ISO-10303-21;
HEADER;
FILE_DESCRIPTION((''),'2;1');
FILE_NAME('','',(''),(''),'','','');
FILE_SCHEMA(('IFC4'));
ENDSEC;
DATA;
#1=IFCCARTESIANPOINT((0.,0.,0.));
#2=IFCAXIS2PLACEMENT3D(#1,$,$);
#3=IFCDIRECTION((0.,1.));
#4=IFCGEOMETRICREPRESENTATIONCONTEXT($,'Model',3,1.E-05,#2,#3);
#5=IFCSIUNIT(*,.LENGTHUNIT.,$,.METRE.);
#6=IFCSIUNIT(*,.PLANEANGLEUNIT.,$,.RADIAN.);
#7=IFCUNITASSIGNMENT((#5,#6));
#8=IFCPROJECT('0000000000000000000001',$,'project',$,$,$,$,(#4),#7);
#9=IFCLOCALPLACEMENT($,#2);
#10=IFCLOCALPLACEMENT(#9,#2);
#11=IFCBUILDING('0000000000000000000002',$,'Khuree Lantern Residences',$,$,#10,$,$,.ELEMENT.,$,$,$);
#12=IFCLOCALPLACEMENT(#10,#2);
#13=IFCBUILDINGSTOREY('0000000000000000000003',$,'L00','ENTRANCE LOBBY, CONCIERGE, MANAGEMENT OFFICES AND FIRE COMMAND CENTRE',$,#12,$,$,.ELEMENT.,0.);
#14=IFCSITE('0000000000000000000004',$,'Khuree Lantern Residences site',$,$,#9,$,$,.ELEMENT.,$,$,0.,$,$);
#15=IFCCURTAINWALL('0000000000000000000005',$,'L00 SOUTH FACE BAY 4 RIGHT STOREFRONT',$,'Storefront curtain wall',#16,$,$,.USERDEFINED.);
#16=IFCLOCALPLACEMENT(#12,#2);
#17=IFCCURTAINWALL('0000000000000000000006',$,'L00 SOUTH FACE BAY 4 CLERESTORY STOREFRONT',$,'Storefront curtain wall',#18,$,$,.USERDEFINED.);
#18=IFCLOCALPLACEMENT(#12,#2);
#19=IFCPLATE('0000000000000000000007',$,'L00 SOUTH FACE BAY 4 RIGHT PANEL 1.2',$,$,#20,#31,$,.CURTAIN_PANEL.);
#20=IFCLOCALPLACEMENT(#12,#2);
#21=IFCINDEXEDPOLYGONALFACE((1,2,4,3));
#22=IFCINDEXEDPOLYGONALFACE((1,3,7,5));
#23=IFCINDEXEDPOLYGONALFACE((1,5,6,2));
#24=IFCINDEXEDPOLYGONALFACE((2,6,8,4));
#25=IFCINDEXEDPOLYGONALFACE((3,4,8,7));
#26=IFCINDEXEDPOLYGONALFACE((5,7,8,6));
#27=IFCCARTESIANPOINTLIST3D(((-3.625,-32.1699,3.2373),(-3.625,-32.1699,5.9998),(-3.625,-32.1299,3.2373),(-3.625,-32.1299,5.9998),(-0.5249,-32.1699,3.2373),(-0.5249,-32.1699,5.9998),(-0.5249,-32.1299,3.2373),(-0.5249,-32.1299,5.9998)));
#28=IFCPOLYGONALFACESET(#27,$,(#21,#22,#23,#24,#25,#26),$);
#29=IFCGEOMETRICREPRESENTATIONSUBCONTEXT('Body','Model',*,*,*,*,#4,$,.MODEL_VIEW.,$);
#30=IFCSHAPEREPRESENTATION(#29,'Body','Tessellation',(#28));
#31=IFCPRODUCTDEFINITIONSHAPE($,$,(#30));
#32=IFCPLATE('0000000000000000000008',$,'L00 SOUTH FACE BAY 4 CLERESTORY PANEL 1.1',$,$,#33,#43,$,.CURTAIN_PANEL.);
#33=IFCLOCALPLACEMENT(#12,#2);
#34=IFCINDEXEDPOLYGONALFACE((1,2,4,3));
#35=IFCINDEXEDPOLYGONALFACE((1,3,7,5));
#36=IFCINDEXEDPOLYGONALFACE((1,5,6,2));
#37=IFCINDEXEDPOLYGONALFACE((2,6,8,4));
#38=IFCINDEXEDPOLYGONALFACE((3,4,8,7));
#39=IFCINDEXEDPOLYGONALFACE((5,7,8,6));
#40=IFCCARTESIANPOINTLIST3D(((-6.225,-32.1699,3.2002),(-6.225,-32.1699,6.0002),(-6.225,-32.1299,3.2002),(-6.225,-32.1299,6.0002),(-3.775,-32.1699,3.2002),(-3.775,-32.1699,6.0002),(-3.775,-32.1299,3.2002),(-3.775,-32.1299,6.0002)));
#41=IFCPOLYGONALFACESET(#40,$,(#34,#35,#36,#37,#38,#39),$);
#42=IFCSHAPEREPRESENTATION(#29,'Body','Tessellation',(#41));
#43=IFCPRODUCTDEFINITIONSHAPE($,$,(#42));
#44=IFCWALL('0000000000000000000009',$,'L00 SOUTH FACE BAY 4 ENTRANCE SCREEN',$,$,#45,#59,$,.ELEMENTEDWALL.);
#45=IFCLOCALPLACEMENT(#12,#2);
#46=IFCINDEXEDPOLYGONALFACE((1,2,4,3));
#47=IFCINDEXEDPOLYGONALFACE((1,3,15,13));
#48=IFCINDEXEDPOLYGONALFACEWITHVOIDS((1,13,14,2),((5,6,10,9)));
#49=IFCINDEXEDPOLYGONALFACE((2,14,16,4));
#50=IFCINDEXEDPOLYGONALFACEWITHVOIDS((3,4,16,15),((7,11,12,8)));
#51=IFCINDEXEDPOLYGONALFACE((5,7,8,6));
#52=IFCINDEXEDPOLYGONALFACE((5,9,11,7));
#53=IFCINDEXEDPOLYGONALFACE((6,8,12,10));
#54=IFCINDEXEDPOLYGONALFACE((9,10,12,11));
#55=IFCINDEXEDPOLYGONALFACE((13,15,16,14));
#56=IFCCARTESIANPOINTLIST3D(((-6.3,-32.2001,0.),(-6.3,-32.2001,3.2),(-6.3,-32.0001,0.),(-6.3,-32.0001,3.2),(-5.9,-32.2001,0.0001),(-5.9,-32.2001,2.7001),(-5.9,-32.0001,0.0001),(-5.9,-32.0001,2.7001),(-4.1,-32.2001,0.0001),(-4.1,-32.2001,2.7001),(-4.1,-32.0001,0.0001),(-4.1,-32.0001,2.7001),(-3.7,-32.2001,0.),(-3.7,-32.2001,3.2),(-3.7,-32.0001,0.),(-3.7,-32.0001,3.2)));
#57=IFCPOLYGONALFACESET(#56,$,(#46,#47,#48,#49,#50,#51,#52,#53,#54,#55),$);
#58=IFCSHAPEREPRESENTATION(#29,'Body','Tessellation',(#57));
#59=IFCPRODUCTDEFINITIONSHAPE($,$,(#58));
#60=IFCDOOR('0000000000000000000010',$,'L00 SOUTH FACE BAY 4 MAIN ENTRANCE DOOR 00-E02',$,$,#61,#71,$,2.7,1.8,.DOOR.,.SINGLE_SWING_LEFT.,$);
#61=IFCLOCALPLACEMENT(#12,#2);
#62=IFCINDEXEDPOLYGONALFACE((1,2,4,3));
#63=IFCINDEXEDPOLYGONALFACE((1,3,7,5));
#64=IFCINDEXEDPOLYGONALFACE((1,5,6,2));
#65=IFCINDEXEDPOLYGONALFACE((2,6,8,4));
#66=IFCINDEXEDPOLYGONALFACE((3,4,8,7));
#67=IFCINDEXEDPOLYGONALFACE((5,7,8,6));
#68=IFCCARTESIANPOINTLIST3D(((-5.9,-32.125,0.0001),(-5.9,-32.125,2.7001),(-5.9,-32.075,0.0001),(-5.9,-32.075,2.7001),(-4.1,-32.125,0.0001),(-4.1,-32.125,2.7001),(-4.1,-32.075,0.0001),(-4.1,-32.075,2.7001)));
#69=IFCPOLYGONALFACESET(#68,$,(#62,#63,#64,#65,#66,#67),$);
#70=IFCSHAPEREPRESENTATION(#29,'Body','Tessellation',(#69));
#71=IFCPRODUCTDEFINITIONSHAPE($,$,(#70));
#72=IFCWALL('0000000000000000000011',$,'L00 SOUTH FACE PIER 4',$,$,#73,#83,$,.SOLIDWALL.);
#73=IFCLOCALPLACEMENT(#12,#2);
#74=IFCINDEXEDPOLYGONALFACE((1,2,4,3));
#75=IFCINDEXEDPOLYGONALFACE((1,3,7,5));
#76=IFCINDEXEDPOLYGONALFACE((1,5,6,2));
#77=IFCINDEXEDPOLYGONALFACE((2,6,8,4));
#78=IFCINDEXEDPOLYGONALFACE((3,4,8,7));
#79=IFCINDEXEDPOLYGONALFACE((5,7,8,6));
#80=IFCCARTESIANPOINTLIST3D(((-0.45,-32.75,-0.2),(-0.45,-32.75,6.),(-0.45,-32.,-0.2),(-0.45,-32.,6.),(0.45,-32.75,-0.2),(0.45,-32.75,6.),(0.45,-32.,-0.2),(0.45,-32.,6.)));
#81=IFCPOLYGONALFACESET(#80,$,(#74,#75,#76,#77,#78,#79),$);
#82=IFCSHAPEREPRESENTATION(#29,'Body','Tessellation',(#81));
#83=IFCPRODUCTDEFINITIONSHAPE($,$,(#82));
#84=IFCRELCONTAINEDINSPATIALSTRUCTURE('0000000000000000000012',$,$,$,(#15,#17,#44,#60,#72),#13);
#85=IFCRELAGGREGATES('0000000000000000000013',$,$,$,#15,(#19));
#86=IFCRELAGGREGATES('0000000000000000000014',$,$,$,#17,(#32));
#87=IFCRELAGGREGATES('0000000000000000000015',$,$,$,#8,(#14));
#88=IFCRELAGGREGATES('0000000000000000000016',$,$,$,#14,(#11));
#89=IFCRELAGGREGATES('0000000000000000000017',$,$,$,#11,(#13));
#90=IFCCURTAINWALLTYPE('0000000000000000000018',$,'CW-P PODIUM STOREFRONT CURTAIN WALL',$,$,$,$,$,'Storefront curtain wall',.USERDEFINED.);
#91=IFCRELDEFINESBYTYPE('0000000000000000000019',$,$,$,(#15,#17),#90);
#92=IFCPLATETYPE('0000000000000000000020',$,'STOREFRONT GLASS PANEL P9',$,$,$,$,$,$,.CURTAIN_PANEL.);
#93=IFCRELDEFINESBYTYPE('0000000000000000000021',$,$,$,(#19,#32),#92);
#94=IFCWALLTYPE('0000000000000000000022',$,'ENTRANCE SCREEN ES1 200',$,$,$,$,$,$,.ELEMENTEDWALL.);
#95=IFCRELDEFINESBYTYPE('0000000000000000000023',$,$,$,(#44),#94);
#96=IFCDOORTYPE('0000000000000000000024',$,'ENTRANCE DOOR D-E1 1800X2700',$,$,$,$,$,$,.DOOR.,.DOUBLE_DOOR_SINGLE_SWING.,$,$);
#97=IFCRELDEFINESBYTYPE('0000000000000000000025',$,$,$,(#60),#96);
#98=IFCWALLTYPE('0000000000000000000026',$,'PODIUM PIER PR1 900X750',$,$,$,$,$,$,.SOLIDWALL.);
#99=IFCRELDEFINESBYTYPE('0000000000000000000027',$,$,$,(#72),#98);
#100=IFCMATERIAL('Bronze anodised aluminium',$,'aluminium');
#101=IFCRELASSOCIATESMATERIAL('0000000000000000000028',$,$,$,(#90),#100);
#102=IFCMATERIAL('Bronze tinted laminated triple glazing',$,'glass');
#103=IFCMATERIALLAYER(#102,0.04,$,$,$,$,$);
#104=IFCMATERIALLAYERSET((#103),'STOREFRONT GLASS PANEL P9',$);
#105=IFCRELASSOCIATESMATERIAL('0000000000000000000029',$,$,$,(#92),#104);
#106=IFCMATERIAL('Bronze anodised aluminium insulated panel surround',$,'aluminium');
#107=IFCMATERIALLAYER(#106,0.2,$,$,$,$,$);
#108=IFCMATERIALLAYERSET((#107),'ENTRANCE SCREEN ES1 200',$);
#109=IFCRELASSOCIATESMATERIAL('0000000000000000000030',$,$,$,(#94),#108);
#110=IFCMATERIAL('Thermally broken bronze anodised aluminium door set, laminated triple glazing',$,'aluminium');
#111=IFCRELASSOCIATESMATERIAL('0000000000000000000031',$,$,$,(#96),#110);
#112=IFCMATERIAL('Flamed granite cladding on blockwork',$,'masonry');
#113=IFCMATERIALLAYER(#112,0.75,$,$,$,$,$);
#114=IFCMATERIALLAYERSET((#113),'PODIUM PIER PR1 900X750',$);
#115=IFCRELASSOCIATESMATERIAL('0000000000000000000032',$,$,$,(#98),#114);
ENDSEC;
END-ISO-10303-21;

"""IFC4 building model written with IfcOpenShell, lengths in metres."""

from ifc_helpers import new_model, si_unit, direction, frame, frame_2d, origin, origin_2d, place, context, subcontext, project, spatial, rectangle, extrude, material, layer, layer_set, type_object, element, fill, aggregate, save


model = new_model("IFC4")

# Units and contexts
model_context = context("Model", 3, precision=1e-05, world=origin(), true_north=direction((0.0, 1.0)))
body_context = subcontext(model_context, "Body", "Model", "MODEL_VIEW")
ifc_project = project(units=[si_unit("LENGTHUNIT", "METRE"), si_unit("PLANEANGLEUNIT", "RADIAN")], contexts=[model_context])

# Site, building, storey
site_placement = place(None, origin())
site = spatial("IfcSite", under=ifc_project, at=site_placement, Name="Khuree Lantern Residences site", CompositionType="ELEMENT", RefElevation=0.0)
building_placement = place(site_placement, origin())
building = spatial("IfcBuilding", under=site, at=building_placement, Name="Khuree Lantern Residences", CompositionType="ELEMENT")
storey_placement = place(building_placement, origin())
storey = spatial("IfcBuildingStorey", under=building, at=storey_placement, Name="L00", Description="ENTRANCE LOBBY, CONCIERGE, MANAGEMENT OFFICES AND FIRE COMMAND CENTRE", CompositionType="ELEMENT", Elevation=0.0)

# Curtain walls
ifc_material_1 = material(Name="Bronze anodised aluminium", Category="aluminium")
curtain_wall_type = type_object("IfcCurtainWallType", Name="CW-P PODIUM STOREFRONT CURTAIN WALL", ElementType="Storefront curtain wall", PredefinedType="USERDEFINED", material=ifc_material_1)
curtain_wall_1_placement = place(storey_placement, origin())
curtain_wall_1 = element("IfcCurtainWall", 1, at=curtain_wall_1_placement, inside=storey, type_object=curtain_wall_type, Name="L00 SOUTH FACE BAY 4 RIGHT STOREFRONT", ObjectType="Storefront curtain wall", PredefinedType="USERDEFINED")
curtain_wall_2_placement = place(storey_placement, origin())
curtain_wall_2 = element("IfcCurtainWall", 2, at=curtain_wall_2_placement, inside=storey, type_object=curtain_wall_type, Name="L00 SOUTH FACE BAY 4 CLERESTORY STOREFRONT", ObjectType="Storefront curtain wall", PredefinedType="USERDEFINED")

# Plates
ifc_material_2 = material(Name="Bronze tinted laminated triple glazing", Category="glass")
ifc_layer_1 = layer(ifc_material_2, 0.04)
ifc_layer_set_1 = layer_set([ifc_layer_1], Name="STOREFRONT GLASS PANEL P9")
plate_type = type_object("IfcPlateType", Name="STOREFRONT GLASS PANEL P9", PredefinedType="CURTAIN_PANEL", material=ifc_layer_set_1)
plate_1_placement = place(storey_placement, frame((-2.075, -32.1499, 3.2373), z_axis=(0.0, 0.0, 1.0), x_axis=(1.0, 0.0, 0.0)))
plate_1 = element("IfcPlate", 3, at=plate_1_placement, type_object=plate_type, Name="L00 SOUTH FACE BAY 4 RIGHT PANEL 1.2", PredefinedType="CURTAIN_PANEL", context=body_context, shape_type="SweptSolid", body=[
    extrude(rectangle(XDim=3.1001, YDim=0.04, at=origin_2d()), origin(), (0.0, 0.0, 1.0), 2.7625),
])
aggregate(curtain_wall_1, [plate_1])
plate_2_placement = place(storey_placement, frame((-5.0, -32.1499, 3.2002), z_axis=(0.0, 0.0, 1.0), x_axis=(1.0, 0.0, 0.0)))
plate_2 = element("IfcPlate", 4, at=plate_2_placement, type_object=plate_type, Name="L00 SOUTH FACE BAY 4 CLERESTORY PANEL 1.1", PredefinedType="CURTAIN_PANEL", context=body_context, shape_type="SweptSolid", body=[
    extrude(rectangle(XDim=2.45, YDim=0.04, at=origin_2d()), origin(), (0.0, 0.0, 1.0), 2.8),
])
aggregate(curtain_wall_2, [plate_2])

# Wall, opening, door
ifc_material_3 = material(Name="Bronze anodised aluminium insulated panel surround", Category="aluminium")
ifc_layer_2 = layer(ifc_material_3, 0.2)
ifc_layer_set_2 = layer_set([ifc_layer_2], Name="ENTRANCE SCREEN ES1 200")
wall_type_1 = type_object("IfcWallType", Name="ENTRANCE SCREEN ES1 200", PredefinedType="ELEMENTEDWALL", material=ifc_layer_set_2)
wall_1_placement = place(storey_placement, frame((-6.3, -32.1001, 0.0), z_axis=(0.0, 0.0, 1.0), x_axis=(1.0, 0.0, 0.0)))
wall_1 = element("IfcWall", 5, at=wall_1_placement, inside=storey, type_object=wall_type_1, Name="L00 SOUTH FACE BAY 4 ENTRANCE SCREEN", PredefinedType="ELEMENTEDWALL", context=body_context, shape_type="SweptSolid", body=[
    extrude(rectangle(XDim=2.6001, YDim=0.2, at=frame_2d((1.3, 0.0))), origin(), (0.0, 0.0, 1.0), 3.2),
])
opening_placement = place(wall_1_placement, frame((2.2, 0.0, 0.0), z_axis=(0.0, 0.0, 1.0), x_axis=(-1.0, 0.0, 0.0)))
opening = element("IfcOpeningElement", 6, at=opening_placement, cuts=wall_1, PredefinedType="OPENING", context=body_context, shape_type="SweptSolid", body=[
    extrude(rectangle(XDim=1.8, YDim=2.7, at=frame_2d((0.8999, 1.3501))), frame((0.0, 0.1099, 0.0), z_axis=(0.0, -1.0, 0.0), x_axis=(1.0, 0.0, 0.0)), (0.0, 0.0, 1.0), 0.22),
])
ifc_material_4 = material(Name="Thermally broken bronze anodised aluminium door set, laminated triple glazing", Category="aluminium")
door_type = type_object("IfcDoorType", Name="ENTRANCE DOOR D-E1 1800X2700", OperationType="DOUBLE_DOOR_SINGLE_SWING", PredefinedType="DOOR", material=ifc_material_4)
door_placement = place(opening_placement, origin())
door = element("IfcDoor", 7, at=door_placement, inside=storey, type_object=door_type, Name="L00 SOUTH FACE BAY 4 MAIN ENTRANCE DOOR 00-E02", OperationType="SINGLE_SWING_LEFT", OverallHeight=2.7, OverallWidth=1.8, PredefinedType="DOOR", context=body_context, shape_type="SweptSolid", body=[
    extrude(rectangle(XDim=1.8, YDim=2.7, at=frame_2d((0.8999, 1.3501))), frame((0.0, 0.0249, 0.0), z_axis=(0.0, -1.0, 0.0), x_axis=(1.0, 0.0, 0.0)), (0.0, 0.0, 1.0), 0.05),
])
fill(opening, door)

# Wall
ifc_material_5 = material(Name="Flamed granite cladding on blockwork", Category="masonry")
ifc_layer_3 = layer(ifc_material_5, 0.75)
ifc_layer_set_3 = layer_set([ifc_layer_3], Name="PODIUM PIER PR1 900X750")
wall_type_2 = type_object("IfcWallType", Name="PODIUM PIER PR1 900X750", PredefinedType="SOLIDWALL", material=ifc_layer_set_3)
wall_2_placement = place(storey_placement, frame((-0.45, -32.375, -0.2), z_axis=(0.0, 0.0, 1.0), x_axis=(1.0, 0.0, 0.0)))
element("IfcWall", 8, at=wall_2_placement, inside=storey, type_object=wall_type_2, Name="L00 SOUTH FACE PIER 4", PredefinedType="SOLIDWALL", context=body_context, shape_type="SweptSolid", body=[
    extrude(rectangle(XDim=0.8999, YDim=0.75, at=frame_2d((0.45, 0.0))), origin(), (0.0, 0.0, 1.0), 6.2),
])

save(model, "model.ifc")
